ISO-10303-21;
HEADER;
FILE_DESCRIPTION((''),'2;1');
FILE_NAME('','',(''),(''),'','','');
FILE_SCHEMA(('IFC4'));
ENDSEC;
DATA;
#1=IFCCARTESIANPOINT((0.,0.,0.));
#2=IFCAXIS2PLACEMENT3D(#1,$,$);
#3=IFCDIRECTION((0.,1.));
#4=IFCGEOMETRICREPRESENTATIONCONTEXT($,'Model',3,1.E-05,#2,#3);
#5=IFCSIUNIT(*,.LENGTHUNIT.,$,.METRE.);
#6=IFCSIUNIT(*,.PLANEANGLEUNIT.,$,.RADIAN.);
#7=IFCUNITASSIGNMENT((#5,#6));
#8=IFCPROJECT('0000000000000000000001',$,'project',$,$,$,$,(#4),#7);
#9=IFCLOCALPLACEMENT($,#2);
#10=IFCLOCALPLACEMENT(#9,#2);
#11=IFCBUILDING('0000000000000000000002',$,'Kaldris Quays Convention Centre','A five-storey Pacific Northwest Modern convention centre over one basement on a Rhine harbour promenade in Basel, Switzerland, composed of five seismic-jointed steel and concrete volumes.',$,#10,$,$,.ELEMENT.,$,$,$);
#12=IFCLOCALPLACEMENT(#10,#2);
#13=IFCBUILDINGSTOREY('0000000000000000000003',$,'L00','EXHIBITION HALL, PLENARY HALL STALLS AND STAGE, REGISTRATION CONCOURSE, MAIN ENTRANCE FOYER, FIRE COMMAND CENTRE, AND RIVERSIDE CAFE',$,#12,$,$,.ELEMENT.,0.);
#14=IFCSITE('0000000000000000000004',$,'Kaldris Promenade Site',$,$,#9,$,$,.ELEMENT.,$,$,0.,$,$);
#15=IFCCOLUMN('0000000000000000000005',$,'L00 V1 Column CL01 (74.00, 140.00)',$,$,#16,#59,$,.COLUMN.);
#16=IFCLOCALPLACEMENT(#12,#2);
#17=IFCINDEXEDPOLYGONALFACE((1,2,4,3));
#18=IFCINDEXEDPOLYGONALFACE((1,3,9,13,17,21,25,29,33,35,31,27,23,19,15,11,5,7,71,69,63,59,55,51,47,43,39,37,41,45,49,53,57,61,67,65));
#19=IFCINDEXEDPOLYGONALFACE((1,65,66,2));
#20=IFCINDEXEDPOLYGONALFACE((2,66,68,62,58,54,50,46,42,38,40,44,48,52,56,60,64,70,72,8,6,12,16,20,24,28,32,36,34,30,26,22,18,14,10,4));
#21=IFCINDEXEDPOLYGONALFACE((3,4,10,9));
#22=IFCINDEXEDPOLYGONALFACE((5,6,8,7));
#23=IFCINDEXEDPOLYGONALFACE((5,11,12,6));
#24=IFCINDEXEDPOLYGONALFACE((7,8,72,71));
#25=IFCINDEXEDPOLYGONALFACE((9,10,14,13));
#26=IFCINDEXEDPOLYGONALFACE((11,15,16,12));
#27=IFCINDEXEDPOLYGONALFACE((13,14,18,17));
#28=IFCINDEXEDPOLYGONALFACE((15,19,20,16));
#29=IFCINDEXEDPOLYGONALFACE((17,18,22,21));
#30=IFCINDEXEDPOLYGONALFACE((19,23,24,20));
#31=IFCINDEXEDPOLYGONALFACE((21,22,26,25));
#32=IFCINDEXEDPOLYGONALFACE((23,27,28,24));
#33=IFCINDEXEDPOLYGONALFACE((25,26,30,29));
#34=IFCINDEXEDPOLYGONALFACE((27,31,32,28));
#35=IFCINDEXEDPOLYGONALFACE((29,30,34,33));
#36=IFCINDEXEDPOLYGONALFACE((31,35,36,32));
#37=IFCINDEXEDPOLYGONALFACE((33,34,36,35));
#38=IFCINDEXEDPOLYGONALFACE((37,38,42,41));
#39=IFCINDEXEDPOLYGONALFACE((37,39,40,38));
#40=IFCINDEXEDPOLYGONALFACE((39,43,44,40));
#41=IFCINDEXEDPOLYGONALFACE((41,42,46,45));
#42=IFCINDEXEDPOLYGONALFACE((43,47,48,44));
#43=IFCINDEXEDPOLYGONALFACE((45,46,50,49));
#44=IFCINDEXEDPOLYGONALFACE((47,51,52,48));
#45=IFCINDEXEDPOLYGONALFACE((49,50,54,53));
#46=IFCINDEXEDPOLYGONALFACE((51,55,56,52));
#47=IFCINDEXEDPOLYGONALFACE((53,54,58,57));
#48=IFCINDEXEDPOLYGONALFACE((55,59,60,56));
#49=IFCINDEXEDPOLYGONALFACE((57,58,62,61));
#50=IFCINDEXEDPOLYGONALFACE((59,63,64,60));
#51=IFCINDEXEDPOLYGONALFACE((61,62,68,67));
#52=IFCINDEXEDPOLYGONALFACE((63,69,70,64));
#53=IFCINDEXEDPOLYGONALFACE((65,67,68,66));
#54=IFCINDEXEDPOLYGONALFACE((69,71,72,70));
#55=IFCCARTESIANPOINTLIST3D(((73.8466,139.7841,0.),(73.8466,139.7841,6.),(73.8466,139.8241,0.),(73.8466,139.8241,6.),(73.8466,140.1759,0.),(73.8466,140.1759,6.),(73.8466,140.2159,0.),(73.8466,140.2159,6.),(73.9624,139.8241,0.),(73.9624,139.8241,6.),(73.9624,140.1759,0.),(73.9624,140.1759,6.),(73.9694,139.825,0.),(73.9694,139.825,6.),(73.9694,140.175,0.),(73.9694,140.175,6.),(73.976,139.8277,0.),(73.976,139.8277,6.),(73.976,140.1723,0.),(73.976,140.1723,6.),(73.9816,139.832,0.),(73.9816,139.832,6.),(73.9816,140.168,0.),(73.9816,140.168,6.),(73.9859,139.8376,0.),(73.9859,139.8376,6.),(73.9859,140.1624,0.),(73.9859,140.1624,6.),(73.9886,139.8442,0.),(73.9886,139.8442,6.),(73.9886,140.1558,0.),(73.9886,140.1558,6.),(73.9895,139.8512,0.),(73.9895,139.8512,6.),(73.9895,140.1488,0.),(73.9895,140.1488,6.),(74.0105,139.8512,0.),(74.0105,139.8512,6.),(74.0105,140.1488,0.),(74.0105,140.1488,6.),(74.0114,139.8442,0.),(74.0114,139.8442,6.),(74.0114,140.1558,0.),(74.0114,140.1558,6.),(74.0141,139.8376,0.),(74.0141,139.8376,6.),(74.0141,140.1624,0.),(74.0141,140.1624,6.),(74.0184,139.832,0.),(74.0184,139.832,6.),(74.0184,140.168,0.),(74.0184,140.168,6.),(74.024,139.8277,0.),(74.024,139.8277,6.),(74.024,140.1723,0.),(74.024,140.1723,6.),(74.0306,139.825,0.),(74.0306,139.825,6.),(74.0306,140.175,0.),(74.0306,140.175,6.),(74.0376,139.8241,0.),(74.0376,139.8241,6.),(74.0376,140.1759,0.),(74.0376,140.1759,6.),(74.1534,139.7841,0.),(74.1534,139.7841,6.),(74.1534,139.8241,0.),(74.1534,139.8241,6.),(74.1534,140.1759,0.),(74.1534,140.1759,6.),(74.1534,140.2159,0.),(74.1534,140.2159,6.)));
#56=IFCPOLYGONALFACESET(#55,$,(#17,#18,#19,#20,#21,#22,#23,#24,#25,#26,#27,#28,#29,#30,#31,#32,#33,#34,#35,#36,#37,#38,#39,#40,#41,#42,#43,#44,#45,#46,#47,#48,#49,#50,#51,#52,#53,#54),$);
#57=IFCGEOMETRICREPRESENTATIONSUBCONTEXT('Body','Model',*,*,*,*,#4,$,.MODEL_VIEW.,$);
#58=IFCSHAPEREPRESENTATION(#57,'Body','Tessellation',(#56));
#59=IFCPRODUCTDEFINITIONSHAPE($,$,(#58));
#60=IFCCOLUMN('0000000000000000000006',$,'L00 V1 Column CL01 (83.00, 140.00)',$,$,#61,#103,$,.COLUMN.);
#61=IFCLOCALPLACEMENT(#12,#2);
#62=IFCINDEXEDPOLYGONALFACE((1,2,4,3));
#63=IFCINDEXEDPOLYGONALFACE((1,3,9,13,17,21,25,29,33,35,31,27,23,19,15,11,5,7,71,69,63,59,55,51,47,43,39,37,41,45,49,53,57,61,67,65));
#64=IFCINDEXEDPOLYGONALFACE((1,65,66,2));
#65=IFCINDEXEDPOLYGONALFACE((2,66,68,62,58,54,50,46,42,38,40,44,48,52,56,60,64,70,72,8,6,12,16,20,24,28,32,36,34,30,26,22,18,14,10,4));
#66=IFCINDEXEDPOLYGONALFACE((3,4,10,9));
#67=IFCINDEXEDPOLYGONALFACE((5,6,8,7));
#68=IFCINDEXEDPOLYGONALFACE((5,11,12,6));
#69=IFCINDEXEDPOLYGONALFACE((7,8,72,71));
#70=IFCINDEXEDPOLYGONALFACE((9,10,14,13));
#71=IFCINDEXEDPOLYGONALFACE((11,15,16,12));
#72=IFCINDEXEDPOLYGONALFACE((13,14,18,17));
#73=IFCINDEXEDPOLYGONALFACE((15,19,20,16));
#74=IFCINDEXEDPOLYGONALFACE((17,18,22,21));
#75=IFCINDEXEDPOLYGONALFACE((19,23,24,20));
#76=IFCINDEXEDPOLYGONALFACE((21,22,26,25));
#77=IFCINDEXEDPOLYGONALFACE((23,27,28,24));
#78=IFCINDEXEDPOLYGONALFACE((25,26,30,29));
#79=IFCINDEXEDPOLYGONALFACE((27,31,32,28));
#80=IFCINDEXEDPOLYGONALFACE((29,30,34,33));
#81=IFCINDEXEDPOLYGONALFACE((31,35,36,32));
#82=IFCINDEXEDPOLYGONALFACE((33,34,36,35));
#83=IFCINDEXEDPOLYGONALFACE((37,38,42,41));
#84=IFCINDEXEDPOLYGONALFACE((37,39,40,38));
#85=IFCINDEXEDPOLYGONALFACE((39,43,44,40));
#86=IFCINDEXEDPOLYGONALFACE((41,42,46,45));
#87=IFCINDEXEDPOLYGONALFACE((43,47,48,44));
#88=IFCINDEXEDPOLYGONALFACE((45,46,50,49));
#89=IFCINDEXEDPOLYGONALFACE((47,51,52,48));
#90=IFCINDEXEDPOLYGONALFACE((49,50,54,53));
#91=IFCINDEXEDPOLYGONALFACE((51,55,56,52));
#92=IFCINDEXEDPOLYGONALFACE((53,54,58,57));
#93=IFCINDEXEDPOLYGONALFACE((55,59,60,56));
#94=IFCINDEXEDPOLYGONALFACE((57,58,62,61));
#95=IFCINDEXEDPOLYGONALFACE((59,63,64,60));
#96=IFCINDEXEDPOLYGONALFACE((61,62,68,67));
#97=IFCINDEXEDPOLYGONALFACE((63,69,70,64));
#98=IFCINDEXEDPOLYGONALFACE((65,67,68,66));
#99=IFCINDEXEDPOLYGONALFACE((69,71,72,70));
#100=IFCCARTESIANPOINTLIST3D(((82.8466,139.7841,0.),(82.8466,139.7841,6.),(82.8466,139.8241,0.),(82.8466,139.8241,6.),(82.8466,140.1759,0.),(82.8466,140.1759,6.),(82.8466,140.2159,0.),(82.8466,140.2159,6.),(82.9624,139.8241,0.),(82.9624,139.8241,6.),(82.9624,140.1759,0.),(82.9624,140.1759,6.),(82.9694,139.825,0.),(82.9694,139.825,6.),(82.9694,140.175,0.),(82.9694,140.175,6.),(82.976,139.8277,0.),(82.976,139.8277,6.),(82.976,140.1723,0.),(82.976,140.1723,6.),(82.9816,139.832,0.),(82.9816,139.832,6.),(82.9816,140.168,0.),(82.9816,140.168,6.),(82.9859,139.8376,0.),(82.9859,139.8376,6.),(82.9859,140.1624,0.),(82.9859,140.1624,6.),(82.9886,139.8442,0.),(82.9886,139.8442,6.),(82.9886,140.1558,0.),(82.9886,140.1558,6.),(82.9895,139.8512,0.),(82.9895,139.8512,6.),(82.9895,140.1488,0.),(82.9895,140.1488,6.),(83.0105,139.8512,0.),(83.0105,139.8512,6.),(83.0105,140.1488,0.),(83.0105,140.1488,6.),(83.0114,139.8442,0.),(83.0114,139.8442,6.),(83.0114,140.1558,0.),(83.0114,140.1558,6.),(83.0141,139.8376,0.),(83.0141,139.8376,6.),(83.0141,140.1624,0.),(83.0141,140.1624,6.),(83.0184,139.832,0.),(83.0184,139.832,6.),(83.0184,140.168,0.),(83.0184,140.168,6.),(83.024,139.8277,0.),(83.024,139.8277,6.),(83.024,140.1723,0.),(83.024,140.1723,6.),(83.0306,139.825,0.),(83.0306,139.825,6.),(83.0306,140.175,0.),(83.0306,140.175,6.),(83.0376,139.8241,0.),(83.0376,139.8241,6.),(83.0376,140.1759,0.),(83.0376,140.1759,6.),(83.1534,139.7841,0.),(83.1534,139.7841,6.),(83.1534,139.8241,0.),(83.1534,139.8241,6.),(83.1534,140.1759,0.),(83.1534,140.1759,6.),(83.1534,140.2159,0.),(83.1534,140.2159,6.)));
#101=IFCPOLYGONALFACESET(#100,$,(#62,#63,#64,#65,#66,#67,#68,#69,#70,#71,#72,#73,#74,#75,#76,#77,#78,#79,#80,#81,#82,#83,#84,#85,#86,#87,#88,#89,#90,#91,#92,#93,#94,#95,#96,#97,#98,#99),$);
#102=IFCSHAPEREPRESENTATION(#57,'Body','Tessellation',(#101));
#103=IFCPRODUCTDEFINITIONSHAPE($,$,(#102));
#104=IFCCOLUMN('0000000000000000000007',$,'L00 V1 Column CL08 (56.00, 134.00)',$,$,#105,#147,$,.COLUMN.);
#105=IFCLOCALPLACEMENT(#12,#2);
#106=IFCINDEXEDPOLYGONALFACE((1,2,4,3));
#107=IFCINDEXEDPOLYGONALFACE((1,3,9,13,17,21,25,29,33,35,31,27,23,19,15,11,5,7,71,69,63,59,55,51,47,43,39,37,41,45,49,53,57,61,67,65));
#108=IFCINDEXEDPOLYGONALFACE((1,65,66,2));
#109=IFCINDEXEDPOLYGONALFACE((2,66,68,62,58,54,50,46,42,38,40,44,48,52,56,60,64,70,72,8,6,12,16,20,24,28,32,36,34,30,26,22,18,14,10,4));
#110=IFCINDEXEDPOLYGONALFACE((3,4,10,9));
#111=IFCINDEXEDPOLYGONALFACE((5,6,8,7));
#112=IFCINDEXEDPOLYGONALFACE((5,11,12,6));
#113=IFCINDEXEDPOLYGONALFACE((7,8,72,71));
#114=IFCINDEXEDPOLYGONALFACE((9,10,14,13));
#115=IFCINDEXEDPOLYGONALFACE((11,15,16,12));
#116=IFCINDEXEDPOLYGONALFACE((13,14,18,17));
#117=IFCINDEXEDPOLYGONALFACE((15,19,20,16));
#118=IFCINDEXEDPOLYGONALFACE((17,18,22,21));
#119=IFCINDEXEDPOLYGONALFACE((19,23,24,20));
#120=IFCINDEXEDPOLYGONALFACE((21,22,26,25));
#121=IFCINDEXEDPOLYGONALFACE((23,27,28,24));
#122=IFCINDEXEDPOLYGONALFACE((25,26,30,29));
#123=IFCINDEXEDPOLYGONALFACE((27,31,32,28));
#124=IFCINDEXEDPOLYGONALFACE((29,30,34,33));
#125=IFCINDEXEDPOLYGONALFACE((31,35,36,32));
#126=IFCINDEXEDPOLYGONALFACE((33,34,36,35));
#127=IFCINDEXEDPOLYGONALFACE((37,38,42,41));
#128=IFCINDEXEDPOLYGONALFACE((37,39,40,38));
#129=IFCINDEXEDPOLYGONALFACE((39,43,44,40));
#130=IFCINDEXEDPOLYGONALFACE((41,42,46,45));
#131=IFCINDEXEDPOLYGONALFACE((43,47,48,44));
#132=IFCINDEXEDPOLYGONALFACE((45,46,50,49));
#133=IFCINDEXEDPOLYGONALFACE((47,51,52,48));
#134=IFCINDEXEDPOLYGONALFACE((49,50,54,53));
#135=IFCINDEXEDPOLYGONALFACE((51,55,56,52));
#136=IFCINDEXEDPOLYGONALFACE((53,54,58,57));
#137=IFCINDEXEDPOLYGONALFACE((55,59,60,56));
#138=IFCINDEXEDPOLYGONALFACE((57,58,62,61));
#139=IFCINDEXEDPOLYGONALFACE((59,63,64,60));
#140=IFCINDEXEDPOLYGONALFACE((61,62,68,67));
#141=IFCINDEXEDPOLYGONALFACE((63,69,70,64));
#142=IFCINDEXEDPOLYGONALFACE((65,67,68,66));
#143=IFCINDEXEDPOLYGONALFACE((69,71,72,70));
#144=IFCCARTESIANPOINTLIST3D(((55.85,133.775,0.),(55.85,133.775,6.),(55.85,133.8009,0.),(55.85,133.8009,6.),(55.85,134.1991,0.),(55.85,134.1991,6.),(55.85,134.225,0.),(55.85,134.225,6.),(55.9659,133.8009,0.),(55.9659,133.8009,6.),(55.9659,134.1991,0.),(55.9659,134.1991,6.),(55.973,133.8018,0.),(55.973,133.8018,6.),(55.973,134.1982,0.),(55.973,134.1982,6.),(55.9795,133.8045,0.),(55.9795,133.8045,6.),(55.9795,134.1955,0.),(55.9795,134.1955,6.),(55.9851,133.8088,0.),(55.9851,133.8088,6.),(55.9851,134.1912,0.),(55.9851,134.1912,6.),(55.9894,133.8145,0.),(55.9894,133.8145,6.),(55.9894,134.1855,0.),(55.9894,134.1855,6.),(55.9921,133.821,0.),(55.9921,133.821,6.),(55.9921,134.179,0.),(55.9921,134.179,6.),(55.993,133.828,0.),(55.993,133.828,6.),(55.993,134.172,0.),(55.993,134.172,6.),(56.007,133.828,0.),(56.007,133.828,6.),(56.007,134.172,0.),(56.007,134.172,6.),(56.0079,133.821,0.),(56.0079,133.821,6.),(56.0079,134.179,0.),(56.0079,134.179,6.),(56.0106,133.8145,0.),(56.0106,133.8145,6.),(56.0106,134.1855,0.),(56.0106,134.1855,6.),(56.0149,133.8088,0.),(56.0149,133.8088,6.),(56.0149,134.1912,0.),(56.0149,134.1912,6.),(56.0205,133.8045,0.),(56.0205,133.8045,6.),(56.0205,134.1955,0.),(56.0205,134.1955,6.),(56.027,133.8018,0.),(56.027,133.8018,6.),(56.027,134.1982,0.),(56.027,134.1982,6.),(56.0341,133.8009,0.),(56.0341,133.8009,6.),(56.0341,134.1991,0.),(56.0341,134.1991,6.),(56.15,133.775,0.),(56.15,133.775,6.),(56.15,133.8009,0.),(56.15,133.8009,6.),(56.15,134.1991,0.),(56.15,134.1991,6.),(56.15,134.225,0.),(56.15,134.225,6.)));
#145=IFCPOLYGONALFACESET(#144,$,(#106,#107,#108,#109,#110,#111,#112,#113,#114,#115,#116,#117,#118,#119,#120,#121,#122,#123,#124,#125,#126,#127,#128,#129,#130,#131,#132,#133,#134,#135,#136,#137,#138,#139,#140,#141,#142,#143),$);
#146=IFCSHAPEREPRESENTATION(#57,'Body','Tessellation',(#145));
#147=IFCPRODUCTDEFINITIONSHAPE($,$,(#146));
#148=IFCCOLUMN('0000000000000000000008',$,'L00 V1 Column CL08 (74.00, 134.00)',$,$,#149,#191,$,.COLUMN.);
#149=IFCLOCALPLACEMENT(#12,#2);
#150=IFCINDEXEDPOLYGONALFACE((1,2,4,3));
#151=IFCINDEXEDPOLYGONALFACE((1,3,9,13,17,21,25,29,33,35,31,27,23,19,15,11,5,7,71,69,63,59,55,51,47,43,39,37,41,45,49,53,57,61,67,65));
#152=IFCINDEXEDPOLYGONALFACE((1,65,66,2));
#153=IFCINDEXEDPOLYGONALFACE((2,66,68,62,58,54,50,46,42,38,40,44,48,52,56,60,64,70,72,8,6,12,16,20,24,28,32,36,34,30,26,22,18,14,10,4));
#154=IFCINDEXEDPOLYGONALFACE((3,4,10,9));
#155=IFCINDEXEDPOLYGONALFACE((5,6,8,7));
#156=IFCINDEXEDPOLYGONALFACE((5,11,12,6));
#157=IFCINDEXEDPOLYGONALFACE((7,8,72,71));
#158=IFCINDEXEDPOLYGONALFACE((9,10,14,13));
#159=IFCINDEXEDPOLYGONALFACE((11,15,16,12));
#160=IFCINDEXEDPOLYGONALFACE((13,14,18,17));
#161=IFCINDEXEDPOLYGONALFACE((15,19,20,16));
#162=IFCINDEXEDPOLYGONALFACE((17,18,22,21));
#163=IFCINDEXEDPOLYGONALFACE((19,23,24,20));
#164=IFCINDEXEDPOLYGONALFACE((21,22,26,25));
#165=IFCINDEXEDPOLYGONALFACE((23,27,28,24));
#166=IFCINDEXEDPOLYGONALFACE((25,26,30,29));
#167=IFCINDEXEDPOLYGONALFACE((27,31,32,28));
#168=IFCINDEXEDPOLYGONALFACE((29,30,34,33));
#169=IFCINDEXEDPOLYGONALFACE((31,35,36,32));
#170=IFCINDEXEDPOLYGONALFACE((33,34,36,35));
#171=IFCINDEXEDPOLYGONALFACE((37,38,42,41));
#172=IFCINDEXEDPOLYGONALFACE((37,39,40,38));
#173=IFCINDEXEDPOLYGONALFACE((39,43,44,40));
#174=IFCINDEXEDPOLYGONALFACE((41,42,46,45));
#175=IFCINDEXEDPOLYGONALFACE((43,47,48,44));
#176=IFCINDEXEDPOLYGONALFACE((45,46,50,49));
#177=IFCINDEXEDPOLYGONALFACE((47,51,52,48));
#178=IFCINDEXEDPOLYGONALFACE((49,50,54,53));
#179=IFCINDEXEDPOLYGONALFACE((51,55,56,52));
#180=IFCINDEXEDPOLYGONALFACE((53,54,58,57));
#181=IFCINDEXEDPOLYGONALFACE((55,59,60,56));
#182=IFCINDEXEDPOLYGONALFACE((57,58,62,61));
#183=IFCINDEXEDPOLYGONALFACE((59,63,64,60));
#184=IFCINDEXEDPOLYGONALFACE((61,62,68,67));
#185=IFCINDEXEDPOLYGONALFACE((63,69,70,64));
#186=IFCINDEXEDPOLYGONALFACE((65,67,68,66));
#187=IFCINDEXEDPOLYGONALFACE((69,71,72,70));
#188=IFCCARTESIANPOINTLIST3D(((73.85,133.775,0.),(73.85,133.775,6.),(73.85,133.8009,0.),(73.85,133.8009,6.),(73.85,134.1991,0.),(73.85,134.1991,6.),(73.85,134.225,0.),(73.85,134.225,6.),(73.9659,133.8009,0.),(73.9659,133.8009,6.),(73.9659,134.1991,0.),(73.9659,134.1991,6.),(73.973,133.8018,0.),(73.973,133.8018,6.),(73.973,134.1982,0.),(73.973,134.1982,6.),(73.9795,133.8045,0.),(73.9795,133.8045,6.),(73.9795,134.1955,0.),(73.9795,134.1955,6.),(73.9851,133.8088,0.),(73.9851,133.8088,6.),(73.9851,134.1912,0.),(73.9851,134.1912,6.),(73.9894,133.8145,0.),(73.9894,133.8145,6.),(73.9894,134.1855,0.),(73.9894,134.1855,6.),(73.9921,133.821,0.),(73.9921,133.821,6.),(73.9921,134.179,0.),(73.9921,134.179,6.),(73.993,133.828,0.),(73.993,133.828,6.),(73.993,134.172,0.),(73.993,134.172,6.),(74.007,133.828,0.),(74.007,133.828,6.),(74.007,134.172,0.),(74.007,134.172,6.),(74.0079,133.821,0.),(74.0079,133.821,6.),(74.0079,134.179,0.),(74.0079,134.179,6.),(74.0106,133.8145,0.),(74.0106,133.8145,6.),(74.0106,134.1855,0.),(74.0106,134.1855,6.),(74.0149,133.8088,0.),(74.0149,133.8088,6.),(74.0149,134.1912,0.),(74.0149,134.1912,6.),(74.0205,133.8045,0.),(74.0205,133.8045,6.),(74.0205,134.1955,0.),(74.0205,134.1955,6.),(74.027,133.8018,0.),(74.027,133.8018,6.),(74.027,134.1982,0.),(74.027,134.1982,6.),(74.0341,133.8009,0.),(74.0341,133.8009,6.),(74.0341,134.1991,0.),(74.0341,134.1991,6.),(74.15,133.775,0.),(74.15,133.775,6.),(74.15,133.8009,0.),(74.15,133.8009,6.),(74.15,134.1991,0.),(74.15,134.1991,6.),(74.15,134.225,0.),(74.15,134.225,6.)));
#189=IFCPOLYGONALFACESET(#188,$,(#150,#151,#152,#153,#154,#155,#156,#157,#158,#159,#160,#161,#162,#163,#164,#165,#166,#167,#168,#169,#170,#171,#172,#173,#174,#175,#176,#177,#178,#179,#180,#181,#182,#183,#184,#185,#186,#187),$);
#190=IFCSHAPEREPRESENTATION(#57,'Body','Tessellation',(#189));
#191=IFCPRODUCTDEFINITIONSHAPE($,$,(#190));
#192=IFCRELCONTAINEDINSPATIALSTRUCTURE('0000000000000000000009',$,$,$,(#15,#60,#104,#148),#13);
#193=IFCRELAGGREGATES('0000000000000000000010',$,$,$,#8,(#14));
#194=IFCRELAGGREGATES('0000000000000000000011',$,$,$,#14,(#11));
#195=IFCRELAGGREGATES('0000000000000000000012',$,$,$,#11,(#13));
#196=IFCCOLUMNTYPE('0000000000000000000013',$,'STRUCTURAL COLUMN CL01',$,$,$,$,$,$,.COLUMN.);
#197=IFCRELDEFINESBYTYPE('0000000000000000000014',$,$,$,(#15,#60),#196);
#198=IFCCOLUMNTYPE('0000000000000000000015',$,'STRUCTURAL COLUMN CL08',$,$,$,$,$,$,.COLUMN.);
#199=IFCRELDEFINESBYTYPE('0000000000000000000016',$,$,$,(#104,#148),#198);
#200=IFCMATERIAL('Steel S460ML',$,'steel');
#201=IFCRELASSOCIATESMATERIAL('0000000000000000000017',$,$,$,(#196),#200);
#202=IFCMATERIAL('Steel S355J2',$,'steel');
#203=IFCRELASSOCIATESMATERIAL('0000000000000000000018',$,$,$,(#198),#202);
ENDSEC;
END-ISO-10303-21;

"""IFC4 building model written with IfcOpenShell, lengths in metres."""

from ifc_helpers import new_model, si_unit, direction, frame, origin, origin_2d, place, context, subcontext, project, spatial, i_section, extrude, material, material_profile, profile_set, type_object, element, save


model = new_model("IFC4")

# Units and contexts
model_context = context("Model", 3, precision=1e-05, world=origin(), true_north=direction((0.0, 1.0)))
body_context = subcontext(model_context, "Body", "Model", "MODEL_VIEW")
ifc_project = project(units=[si_unit("LENGTHUNIT", "METRE"), si_unit("PLANEANGLEUNIT", "RADIAN")], contexts=[model_context])

# Site, building, storey
site_placement = place(None, origin())
site = spatial("IfcSite", under=ifc_project, at=site_placement, Name="Kaldris Promenade Site", CompositionType="ELEMENT", RefElevation=0.0)
building_placement = place(site_placement, origin())
building = spatial("IfcBuilding", under=site, at=building_placement, Name="Kaldris Quays Convention Centre", Description="A five-storey Pacific Northwest Modern convention centre over one basement on a Rhine harbour promenade in Basel, Switzerland, composed of five seismic-jointed steel and concrete volumes.", CompositionType="ELEMENT")
storey_placement = place(building_placement, origin())
storey = spatial("IfcBuildingStorey", under=building, at=storey_placement, Name="L00", Description="EXHIBITION HALL, PLENARY HALL STALLS AND STAGE, REGISTRATION CONCOURSE, MAIN ENTRANCE FOYER, FIRE COMMAND CENTRE, AND RIVERSIDE CAFE", CompositionType="ELEMENT", Elevation=0.0)

# Columns
ifc_material_1 = material(Name="Steel S460ML", Category="steel")
ifc_material_profile_1 = material_profile(ifc_material_1, i_section(OverallWidth=0.3069, OverallDepth=0.4319, WebThickness=0.021, FlangeThickness=0.04, FilletRadius=0.0271, at=origin_2d()), Name="HEM 400")
ifc_profile_set_1 = profile_set([ifc_material_profile_1], Name="Steel S460ML")
column_type_1 = type_object("IfcColumnType", Name="STRUCTURAL COLUMN CL01", PredefinedType="COLUMN", material=ifc_profile_set_1)
for number, where, z_axis, x_axis, name in (
    (1, (74.0, 140.0, 0.0), (0.0, 0.0, 1.0), (1.0, 0.0, 0.0), "L00 V1 Column CL01 (74.00, 140.00)"),
    (2, (83.0, 140.0, 0.0), (0.0, 0.0, 1.0), (1.0, 0.0, 0.0), "L00 V1 Column CL01 (83.00, 140.00)"),
):
    element("IfcColumn", number, at=place(storey_placement, frame(where, z_axis=z_axis, x_axis=x_axis)), inside=storey, type_object=column_type_1, Name=name, PredefinedType="COLUMN", context=body_context, shape_type="SweptSolid", body=[
        extrude(i_section(OverallWidth=0.3069, OverallDepth=0.4319, WebThickness=0.021, FlangeThickness=0.04, FilletRadius=0.0271, at=origin_2d()), origin(), (0.0, 0.0, 1.0), 6.0),
    ])
ifc_material_2 = material(Name="Steel S355J2", Category="steel")
ifc_material_profile_2 = material_profile(ifc_material_2, i_section(OverallWidth=0.3, OverallDepth=0.45, WebThickness=0.0139, FlangeThickness=0.0259, FilletRadius=0.0271, at=origin_2d()), Name="HEB 450")
ifc_profile_set_2 = profile_set([ifc_material_profile_2], Name="Steel S355J2")
column_type_2 = type_object("IfcColumnType", Name="STRUCTURAL COLUMN CL08", PredefinedType="COLUMN", material=ifc_profile_set_2)
for number, where, z_axis, x_axis, name in (
    (3, (56.0, 134.0, 0.0), (0.0, 0.0, 1.0), (1.0, 0.0, 0.0), "L00 V1 Column CL08 (56.00, 134.00)"),
    (4, (74.0, 134.0, 0.0), (0.0, 0.0, 1.0), (1.0, 0.0, 0.0), "L00 V1 Column CL08 (74.00, 134.00)"),
):
    element("IfcColumn", number, at=place(storey_placement, frame(where, z_axis=z_axis, x_axis=x_axis)), inside=storey, type_object=column_type_2, Name=name, PredefinedType="COLUMN", context=body_context, shape_type="SweptSolid", body=[
        extrude(i_section(OverallWidth=0.3, OverallDepth=0.45, WebThickness=0.0139, FlangeThickness=0.0259, FilletRadius=0.0271, at=origin_2d()), origin(), (0.0, 0.0, 1.0), 6.0),
    ])

save(model, "model.ifc")
